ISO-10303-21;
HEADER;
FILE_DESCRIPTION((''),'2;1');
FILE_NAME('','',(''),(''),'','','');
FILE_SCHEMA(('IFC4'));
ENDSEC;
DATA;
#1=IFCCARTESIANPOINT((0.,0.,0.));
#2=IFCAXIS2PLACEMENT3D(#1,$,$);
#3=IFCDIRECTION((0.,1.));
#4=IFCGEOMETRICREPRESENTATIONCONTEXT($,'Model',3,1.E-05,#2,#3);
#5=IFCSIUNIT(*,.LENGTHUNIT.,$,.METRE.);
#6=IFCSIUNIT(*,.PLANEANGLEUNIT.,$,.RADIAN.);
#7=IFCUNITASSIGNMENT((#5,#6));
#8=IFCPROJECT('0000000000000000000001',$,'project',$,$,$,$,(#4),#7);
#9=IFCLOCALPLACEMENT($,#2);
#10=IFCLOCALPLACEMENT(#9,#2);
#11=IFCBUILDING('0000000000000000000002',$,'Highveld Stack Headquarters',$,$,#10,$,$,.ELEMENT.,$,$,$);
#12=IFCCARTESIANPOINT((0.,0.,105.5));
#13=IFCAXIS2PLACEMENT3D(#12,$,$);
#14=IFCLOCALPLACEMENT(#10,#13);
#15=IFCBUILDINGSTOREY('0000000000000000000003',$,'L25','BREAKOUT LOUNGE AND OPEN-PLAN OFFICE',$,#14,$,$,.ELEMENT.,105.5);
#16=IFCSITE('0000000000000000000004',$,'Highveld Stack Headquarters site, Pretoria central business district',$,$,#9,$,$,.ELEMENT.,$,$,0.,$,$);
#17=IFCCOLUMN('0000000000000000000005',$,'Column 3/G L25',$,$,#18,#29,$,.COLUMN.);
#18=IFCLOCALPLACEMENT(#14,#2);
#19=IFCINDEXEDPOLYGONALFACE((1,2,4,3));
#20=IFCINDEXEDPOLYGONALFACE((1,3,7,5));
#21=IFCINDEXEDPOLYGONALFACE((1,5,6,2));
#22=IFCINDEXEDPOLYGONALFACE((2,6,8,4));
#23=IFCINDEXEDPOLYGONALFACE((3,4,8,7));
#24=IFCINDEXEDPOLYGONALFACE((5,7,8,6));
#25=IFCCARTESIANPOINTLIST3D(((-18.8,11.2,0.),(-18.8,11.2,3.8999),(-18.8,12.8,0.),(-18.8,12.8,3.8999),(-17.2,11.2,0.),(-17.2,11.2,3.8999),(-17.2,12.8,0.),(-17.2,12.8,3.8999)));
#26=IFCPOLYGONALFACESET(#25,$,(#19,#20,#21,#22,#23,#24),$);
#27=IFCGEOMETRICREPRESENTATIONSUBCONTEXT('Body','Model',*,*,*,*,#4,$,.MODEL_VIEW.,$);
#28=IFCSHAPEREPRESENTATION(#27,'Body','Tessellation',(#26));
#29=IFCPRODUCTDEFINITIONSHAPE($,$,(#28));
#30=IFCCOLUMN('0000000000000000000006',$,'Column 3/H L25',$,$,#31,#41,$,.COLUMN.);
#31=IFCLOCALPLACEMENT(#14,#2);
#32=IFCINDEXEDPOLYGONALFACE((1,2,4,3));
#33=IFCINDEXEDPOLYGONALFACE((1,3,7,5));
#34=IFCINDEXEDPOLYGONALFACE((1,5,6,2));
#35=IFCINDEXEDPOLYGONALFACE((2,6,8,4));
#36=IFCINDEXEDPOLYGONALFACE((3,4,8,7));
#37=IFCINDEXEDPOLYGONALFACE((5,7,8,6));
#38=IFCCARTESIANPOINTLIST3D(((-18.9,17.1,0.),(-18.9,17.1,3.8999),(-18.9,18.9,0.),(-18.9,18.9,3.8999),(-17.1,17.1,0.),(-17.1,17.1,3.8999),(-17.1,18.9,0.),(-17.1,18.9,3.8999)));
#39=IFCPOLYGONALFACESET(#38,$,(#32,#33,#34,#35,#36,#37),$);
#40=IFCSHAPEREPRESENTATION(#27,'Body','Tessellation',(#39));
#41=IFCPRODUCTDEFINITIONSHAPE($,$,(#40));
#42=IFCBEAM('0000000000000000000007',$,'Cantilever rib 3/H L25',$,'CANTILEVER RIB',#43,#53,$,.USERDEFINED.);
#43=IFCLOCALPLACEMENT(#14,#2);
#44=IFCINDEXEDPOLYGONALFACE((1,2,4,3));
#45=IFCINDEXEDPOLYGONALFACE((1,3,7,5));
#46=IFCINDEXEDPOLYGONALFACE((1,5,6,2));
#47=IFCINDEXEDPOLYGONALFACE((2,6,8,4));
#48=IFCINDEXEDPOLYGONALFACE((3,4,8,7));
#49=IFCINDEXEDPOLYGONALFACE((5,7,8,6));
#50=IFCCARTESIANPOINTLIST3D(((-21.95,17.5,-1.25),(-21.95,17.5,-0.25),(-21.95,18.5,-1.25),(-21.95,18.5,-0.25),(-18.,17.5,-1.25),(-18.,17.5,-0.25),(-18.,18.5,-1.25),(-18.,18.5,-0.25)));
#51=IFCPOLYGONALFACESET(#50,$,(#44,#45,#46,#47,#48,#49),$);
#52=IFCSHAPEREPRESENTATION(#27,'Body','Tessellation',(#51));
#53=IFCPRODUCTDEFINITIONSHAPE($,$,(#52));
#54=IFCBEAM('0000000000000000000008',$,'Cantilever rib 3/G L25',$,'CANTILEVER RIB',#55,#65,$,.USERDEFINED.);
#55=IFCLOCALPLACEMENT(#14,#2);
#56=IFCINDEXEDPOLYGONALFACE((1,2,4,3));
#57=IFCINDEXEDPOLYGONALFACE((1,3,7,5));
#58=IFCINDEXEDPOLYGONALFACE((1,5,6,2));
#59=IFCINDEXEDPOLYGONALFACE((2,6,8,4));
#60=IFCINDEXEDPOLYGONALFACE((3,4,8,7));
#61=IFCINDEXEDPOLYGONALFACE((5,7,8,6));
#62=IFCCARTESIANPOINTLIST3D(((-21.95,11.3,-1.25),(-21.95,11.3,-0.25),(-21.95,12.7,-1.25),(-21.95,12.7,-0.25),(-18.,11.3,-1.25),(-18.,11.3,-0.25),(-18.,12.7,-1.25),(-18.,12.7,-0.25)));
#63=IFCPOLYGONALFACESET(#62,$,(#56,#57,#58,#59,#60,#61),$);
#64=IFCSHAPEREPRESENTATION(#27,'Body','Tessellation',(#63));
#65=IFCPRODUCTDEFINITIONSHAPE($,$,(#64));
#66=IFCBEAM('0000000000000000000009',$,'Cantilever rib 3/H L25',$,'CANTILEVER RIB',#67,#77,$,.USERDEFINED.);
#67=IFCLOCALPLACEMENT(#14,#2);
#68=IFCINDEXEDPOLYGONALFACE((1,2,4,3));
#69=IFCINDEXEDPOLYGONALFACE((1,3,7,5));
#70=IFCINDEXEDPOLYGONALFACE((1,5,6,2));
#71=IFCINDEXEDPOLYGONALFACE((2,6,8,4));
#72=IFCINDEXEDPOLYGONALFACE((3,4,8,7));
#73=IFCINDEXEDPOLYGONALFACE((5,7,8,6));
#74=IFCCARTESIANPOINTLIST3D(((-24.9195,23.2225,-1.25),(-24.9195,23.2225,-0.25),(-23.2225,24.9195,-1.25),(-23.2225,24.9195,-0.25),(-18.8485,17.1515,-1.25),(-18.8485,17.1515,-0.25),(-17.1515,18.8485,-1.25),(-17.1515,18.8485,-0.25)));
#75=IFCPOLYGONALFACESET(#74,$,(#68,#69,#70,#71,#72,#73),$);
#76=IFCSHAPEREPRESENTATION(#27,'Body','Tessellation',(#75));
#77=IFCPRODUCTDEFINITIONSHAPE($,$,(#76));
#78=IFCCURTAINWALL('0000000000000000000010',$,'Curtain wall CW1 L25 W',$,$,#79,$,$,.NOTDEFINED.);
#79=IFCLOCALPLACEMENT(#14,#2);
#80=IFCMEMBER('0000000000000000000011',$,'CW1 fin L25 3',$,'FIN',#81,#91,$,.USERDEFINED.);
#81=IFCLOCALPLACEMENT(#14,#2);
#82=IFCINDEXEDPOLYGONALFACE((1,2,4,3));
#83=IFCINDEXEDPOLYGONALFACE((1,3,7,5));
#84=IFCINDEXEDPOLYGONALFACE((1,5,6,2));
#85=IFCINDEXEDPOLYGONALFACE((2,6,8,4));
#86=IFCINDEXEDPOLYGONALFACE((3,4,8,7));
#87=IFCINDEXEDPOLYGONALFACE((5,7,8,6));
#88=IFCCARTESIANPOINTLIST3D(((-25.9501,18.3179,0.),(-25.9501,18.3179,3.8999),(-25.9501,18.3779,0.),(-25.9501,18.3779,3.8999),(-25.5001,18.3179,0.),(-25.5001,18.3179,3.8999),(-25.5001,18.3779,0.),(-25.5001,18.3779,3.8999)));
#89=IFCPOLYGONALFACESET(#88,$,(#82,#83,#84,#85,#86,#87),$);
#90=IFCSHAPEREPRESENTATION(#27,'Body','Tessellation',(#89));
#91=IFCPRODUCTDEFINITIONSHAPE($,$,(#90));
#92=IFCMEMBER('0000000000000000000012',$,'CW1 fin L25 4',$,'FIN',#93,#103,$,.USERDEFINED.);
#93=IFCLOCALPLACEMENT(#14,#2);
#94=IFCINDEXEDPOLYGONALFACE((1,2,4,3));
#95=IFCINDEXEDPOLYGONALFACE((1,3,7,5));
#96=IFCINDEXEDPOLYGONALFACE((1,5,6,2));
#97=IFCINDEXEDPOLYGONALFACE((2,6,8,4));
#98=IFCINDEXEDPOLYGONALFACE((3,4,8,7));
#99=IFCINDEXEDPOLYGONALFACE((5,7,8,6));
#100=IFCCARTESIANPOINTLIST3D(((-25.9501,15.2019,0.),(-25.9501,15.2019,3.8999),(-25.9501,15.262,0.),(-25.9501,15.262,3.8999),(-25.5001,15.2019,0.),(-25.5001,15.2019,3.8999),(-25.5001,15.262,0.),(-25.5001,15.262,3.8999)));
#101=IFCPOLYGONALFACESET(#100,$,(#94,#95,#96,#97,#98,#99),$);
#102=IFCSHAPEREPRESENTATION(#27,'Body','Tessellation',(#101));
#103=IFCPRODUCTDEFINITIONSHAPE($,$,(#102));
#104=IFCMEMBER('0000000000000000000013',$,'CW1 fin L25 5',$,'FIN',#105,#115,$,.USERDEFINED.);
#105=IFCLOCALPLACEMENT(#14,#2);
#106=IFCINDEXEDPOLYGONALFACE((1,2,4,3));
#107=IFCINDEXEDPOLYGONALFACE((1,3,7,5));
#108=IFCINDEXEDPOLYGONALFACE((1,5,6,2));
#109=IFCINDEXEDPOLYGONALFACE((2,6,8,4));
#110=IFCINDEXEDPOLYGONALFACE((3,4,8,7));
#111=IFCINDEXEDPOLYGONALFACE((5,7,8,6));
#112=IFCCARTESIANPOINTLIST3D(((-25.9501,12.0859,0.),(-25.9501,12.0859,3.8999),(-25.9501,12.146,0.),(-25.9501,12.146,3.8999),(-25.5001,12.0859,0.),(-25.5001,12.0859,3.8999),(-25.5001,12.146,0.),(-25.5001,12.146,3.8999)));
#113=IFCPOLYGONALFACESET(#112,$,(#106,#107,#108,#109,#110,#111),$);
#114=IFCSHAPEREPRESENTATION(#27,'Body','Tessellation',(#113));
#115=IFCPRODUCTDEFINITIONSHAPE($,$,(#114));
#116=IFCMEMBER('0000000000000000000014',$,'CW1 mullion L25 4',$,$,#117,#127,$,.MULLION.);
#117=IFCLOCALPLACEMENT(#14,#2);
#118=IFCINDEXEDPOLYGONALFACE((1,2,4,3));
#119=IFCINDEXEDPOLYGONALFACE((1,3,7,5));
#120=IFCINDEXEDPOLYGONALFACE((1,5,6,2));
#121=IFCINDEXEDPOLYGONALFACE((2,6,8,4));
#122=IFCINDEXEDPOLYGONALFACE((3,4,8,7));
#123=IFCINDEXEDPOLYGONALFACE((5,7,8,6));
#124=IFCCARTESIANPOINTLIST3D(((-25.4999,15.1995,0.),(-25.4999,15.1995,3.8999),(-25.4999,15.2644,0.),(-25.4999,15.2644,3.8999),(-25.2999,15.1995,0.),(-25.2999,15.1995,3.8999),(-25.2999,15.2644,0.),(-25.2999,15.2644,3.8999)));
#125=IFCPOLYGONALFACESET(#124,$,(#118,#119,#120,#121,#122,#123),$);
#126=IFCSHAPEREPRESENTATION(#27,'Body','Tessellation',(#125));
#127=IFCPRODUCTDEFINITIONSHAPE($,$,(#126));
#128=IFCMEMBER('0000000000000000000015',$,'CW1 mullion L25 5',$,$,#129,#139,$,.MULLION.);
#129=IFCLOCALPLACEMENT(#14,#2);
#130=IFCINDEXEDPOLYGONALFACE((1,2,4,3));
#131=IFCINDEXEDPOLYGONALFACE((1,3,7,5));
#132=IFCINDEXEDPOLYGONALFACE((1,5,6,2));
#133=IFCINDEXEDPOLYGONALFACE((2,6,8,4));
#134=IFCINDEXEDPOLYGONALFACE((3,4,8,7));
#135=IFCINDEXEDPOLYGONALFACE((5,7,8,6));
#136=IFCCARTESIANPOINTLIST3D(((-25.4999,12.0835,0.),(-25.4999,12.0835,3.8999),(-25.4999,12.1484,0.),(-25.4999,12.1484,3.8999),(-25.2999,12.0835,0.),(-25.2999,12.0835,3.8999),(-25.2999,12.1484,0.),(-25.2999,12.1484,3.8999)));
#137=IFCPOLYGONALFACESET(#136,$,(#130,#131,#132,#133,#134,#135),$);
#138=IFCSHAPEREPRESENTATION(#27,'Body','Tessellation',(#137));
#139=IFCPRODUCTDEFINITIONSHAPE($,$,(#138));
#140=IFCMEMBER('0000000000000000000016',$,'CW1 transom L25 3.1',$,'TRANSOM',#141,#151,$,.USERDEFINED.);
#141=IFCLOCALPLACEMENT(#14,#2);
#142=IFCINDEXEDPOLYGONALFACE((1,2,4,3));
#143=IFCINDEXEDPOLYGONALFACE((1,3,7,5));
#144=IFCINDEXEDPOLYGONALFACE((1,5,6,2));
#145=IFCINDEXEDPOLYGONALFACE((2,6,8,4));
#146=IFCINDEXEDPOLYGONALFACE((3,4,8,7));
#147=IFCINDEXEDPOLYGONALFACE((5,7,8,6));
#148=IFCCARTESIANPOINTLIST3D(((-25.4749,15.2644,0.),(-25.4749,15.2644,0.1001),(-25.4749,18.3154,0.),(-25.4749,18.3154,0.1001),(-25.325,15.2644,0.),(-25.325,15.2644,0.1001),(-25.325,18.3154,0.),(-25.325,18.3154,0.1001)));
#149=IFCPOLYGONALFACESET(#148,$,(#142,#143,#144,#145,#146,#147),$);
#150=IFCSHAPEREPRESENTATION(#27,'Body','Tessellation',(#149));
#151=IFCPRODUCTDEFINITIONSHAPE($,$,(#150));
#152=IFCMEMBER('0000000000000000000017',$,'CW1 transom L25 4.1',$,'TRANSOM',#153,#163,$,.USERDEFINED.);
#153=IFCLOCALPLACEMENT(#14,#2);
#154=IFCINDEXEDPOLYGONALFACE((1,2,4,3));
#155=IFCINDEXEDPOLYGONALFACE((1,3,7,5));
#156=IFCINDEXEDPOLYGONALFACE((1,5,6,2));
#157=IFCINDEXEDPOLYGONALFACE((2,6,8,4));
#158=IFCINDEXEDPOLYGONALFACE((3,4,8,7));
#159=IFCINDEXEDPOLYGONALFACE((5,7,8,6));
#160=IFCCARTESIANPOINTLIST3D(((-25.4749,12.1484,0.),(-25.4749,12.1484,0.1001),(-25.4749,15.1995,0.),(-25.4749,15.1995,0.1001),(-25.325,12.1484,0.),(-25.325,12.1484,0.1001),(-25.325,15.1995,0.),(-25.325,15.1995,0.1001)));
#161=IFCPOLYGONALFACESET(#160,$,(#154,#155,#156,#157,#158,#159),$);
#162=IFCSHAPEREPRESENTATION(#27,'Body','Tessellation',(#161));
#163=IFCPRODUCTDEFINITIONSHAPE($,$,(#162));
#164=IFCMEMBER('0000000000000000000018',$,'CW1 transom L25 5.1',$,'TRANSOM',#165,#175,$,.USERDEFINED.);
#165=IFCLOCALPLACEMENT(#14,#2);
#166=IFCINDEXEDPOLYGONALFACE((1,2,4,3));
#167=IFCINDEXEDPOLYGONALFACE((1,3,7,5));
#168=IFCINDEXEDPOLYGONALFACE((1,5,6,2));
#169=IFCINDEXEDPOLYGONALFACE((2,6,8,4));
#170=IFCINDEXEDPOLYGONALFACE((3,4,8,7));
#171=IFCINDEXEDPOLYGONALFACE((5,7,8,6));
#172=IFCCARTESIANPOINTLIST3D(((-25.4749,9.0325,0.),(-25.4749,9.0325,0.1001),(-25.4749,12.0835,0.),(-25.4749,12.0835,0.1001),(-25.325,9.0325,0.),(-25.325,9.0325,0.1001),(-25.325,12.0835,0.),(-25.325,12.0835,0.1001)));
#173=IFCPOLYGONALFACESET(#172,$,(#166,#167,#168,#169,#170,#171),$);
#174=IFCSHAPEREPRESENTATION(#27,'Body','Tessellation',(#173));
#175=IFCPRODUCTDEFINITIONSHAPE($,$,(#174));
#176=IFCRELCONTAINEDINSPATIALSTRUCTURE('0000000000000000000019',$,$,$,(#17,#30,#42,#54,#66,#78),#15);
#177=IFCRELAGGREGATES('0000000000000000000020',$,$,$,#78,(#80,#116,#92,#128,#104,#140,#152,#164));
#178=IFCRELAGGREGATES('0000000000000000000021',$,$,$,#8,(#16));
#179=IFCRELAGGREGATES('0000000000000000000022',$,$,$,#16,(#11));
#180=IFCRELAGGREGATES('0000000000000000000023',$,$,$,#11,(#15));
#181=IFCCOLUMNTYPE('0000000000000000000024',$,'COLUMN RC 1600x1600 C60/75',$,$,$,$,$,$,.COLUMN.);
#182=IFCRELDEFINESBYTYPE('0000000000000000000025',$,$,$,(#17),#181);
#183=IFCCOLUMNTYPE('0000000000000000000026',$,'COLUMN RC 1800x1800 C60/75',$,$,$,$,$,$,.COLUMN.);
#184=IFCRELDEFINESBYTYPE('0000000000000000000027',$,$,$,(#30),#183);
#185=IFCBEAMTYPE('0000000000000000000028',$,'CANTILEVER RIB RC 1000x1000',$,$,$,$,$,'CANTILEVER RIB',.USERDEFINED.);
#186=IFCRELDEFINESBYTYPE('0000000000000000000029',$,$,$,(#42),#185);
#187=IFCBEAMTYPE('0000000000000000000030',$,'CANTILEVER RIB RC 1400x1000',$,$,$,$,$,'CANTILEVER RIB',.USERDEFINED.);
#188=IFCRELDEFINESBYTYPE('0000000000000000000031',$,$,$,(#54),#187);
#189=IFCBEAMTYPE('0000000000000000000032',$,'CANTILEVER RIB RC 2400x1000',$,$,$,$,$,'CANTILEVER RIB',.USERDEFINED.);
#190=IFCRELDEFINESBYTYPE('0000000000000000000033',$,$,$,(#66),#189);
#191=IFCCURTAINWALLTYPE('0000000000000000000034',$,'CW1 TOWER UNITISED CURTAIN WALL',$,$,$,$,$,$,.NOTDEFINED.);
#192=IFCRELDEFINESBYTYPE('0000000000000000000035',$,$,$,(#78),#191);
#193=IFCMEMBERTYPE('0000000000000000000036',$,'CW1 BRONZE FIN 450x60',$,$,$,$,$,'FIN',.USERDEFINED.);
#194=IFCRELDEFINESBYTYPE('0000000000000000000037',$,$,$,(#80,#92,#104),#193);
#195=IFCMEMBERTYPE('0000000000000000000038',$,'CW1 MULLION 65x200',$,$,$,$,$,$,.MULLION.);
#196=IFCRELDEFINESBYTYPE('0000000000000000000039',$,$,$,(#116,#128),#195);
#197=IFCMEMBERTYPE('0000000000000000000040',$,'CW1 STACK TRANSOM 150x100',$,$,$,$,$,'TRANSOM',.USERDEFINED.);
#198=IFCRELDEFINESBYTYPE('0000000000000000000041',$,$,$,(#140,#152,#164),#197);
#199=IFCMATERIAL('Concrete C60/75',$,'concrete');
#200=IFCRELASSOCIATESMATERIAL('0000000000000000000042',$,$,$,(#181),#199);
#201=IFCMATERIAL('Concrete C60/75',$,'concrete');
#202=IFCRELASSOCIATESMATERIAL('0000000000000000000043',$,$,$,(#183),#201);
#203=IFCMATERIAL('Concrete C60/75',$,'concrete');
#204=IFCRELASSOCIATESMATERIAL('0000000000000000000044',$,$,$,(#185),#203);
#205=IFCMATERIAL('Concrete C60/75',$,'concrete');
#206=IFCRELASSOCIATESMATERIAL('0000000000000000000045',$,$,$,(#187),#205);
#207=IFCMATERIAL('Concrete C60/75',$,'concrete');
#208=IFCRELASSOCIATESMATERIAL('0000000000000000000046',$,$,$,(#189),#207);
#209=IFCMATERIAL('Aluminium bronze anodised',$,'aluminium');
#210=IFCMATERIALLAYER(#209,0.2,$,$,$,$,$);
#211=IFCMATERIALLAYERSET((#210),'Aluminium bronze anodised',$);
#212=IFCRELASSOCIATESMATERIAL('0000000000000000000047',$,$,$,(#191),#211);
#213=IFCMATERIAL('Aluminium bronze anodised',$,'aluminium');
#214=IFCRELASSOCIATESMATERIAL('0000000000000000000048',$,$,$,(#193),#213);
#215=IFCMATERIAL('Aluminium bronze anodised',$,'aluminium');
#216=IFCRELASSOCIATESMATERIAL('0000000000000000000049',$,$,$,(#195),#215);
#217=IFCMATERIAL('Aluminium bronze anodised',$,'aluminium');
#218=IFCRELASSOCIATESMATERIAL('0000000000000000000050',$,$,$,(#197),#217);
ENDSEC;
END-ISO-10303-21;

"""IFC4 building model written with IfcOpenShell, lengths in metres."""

from ifc_helpers import new_model, si_unit, direction, frame, origin, origin_2d, place, context, subcontext, project, spatial, rectangle, extrude, material, layer, layer_set, material_profile, profile_set, type_object, element, aggregate, save


model = new_model("IFC4")

# Units and contexts
model_context = context("Model", 3, precision=1e-05, world=origin(), true_north=direction((0.0, 1.0)))
body_context = subcontext(model_context, "Body", "Model", "MODEL_VIEW")
ifc_project = project(units=[si_unit("LENGTHUNIT", "METRE"), si_unit("PLANEANGLEUNIT", "RADIAN")], contexts=[model_context])

# Site, building, storey
site_placement = place(None, origin())
site = spatial("IfcSite", under=ifc_project, at=site_placement, Name="Highveld Stack Headquarters site, Pretoria central business district", CompositionType="ELEMENT", RefElevation=0.0)
building_placement = place(site_placement, origin())
building = spatial("IfcBuilding", under=site, at=building_placement, Name="Highveld Stack Headquarters", CompositionType="ELEMENT")
storey_placement = place(building_placement, frame((0.0, 0.0, 105.5)))
storey = spatial("IfcBuildingStorey", under=building, at=storey_placement, Name="L25", Description="BREAKOUT LOUNGE AND OPEN-PLAN OFFICE", CompositionType="ELEMENT", Elevation=105.5)

# Columns
ifc_material_1 = material(Name="Concrete C60/75", Category="concrete")
ifc_material_profile_1 = material_profile(ifc_material_1, rectangle(XDim=1.6001, YDim=1.6001, at=origin_2d()), Name="RC 1600x1600")
ifc_profile_set_1 = profile_set([ifc_material_profile_1], Name="Concrete C60/75")
column_type_1 = type_object("IfcColumnType", Name="COLUMN RC 1600x1600 C60/75", PredefinedType="COLUMN", material=ifc_profile_set_1)
column_1_placement = place(storey_placement, frame((-18.0, 12.0, 0.0), z_axis=(0.0, 0.0, 1.0), x_axis=(1.0, 0.0, 0.0)))
element("IfcColumn", 1, at=column_1_placement, inside=storey, type_object=column_type_1, Name="Column 3/G L25", PredefinedType="COLUMN", context=body_context, shape_type="SweptSolid", body=[
    extrude(rectangle(XDim=1.6001, YDim=1.6001, at=origin_2d()), origin(), (0.0, 0.0, 1.0), 3.8999),
])
ifc_material_2 = material(Name="Concrete C60/75", Category="concrete")
ifc_material_profile_2 = material_profile(ifc_material_2, rectangle(XDim=1.8, YDim=1.8, at=origin_2d()), Name="RC 1800x1800")
ifc_profile_set_2 = profile_set([ifc_material_profile_2], Name="Concrete C60/75")
column_type_2 = type_object("IfcColumnType", Name="COLUMN RC 1800x1800 C60/75", PredefinedType="COLUMN", material=ifc_profile_set_2)
column_2_placement = place(storey_placement, frame((-18.0, 18.0, 0.0), z_axis=(0.0, 0.0, 1.0), x_axis=(1.0, 0.0, 0.0)))
element("IfcColumn", 2, at=column_2_placement, inside=storey, type_object=column_type_2, Name="Column 3/H L25", PredefinedType="COLUMN", context=body_context, shape_type="SweptSolid", body=[
    extrude(rectangle(XDim=1.8, YDim=1.8, at=origin_2d()), origin(), (0.0, 0.0, 1.0), 3.8999),
])

# Beams
ifc_material_3 = material(Name="Concrete C60/75", Category="concrete")
ifc_material_profile_3 = material_profile(ifc_material_3, rectangle(XDim=1.0, YDim=1.0, at=origin_2d()), Name="RC 1000x1000")
ifc_profile_set_3 = profile_set([ifc_material_profile_3], Name="Concrete C60/75")
beam_type_1 = type_object("IfcBeamType", Name="CANTILEVER RIB RC 1000x1000", ElementType="CANTILEVER RIB", PredefinedType="USERDEFINED", material=ifc_profile_set_3)
beam_1_placement = place(storey_placement, frame((-18.0, 18.0, -0.75), z_axis=(-1.0, 0.0, 0.0), x_axis=(0.0, -1.0, 0.0)))
element("IfcBeam", 3, at=beam_1_placement, inside=storey, type_object=beam_type_1, Name="Cantilever rib 3/H L25", ObjectType="CANTILEVER RIB", PredefinedType="USERDEFINED", context=body_context, shape_type="SweptSolid", body=[
    extrude(rectangle(XDim=1.0, YDim=1.0, at=origin_2d()), origin(), (0.0, 0.0, 1.0), 3.95),
])
ifc_material_4 = material(Name="Concrete C60/75", Category="concrete")
ifc_material_profile_4 = material_profile(ifc_material_4, rectangle(XDim=1.3999, YDim=1.0, at=origin_2d()), Name="RC 1400x1000")
ifc_profile_set_4 = profile_set([ifc_material_profile_4], Name="Concrete C60/75")
beam_type_2 = type_object("IfcBeamType", Name="CANTILEVER RIB RC 1400x1000", ElementType="CANTILEVER RIB", PredefinedType="USERDEFINED", material=ifc_profile_set_4)
beam_2_placement = place(storey_placement, frame((-18.0, 12.0, -0.75), z_axis=(-1.0, 0.0, 0.0), x_axis=(0.0, -1.0, 0.0)))
element("IfcBeam", 4, at=beam_2_placement, inside=storey, type_object=beam_type_2, Name="Cantilever rib 3/G L25", ObjectType="CANTILEVER RIB", PredefinedType="USERDEFINED", context=body_context, shape_type="SweptSolid", body=[
    extrude(rectangle(XDim=1.3999, YDim=1.0, at=origin_2d()), origin(), (0.0, 0.0, 1.0), 3.95),
])
ifc_material_5 = material(Name="Concrete C60/75", Category="concrete")
ifc_material_profile_5 = material_profile(ifc_material_5, rectangle(XDim=2.3999, YDim=1.0, at=origin_2d()), Name="RC 2400x1000")
ifc_profile_set_5 = profile_set([ifc_material_profile_5], Name="Concrete C60/75")
beam_type_3 = type_object("IfcBeamType", Name="CANTILEVER RIB RC 2400x1000", ElementType="CANTILEVER RIB", PredefinedType="USERDEFINED", material=ifc_profile_set_5)
beam_3_placement = place(storey_placement, frame((-18.0, 18.0, -0.75), z_axis=(-0.707107, 0.707107, 0.0), x_axis=(-0.707107, -0.707107, 0.0)))
element("IfcBeam", 5, at=beam_3_placement, inside=storey, type_object=beam_type_3, Name="Cantilever rib 3/H L25", ObjectType="CANTILEVER RIB", PredefinedType="USERDEFINED", context=body_context, shape_type="SweptSolid", body=[
    extrude(rectangle(XDim=2.3999, YDim=1.0, at=origin_2d()), origin(), (0.0, 0.0, 1.0), 8.5857),
])

# Curtain wall, members
ifc_material_6 = material(Name="Aluminium bronze anodised", Category="aluminium")
ifc_layer_1 = layer(ifc_material_6, 0.2)
ifc_layer_set_1 = layer_set([ifc_layer_1], Name="Aluminium bronze anodised")
curtain_wall_type = type_object("IfcCurtainWallType", Name="CW1 TOWER UNITISED CURTAIN WALL", PredefinedType="NOTDEFINED", material=ifc_layer_set_1)
curtain_wall_placement = place(storey_placement, origin())
curtain_wall = element("IfcCurtainWall", 6, at=curtain_wall_placement, inside=storey, type_object=curtain_wall_type, Name="Curtain wall CW1 L25 W", PredefinedType="NOTDEFINED")
ifc_material_7 = material(Name="Aluminium bronze anodised", Category="aluminium")
ifc_material_profile_6 = material_profile(ifc_material_7, rectangle(XDim=0.45, YDim=0.0601, at=origin_2d()), Name="FIN 450x60")
ifc_profile_set_6 = profile_set([ifc_material_profile_6], Name="Aluminium bronze anodised")
member_type_1 = type_object("IfcMemberType", Name="CW1 BRONZE FIN 450x60", ElementType="FIN", PredefinedType="USERDEFINED", material=ifc_profile_set_6)
member_1_placement = place(storey_placement, frame((-25.7251, 18.3479, 0.0), z_axis=(0.0, 0.0, 1.0), x_axis=(1.0, 0.0, 0.0)))
member_1 = element("IfcMember", 7, at=member_1_placement, type_object=member_type_1, Name="CW1 fin L25 3", ObjectType="FIN", PredefinedType="USERDEFINED", context=body_context, shape_type="SweptSolid", body=[
    extrude(rectangle(XDim=0.45, YDim=0.0601, at=origin_2d()), origin(), (0.0, 0.0, 1.0), 3.8999),
])
member_2_placement = place(storey_placement, frame((-25.7251, 15.2319, 0.0), z_axis=(0.0, 0.0, 1.0), x_axis=(1.0, 0.0, 0.0)))
member_2 = element("IfcMember", 8, at=member_2_placement, type_object=member_type_1, Name="CW1 fin L25 4", ObjectType="FIN", PredefinedType="USERDEFINED", context=body_context, shape_type="SweptSolid", body=[
    extrude(rectangle(XDim=0.45, YDim=0.0601, at=origin_2d()), origin(), (0.0, 0.0, 1.0), 3.8999),
])
member_3_placement = place(storey_placement, frame((-25.7251, 12.116, 0.0), z_axis=(0.0, 0.0, 1.0), x_axis=(1.0, 0.0, 0.0)))
member_3 = element("IfcMember", 9, at=member_3_placement, type_object=member_type_1, Name="CW1 fin L25 5", ObjectType="FIN", PredefinedType="USERDEFINED", context=body_context, shape_type="SweptSolid", body=[
    extrude(rectangle(XDim=0.45, YDim=0.0601, at=origin_2d()), origin(), (0.0, 0.0, 1.0), 3.8999),
])
ifc_material_8 = material(Name="Aluminium bronze anodised", Category="aluminium")
ifc_material_profile_7 = material_profile(ifc_material_8, rectangle(XDim=0.2, YDim=0.0649, at=origin_2d()), Name="CW1 MULLION 65x200")
ifc_profile_set_7 = profile_set([ifc_material_profile_7], Name="Aluminium bronze anodised")
member_type_2 = type_object("IfcMemberType", Name="CW1 MULLION 65x200", PredefinedType="MULLION", material=ifc_profile_set_7)
member_4_placement = place(storey_placement, frame((-25.3999, 15.2319, 0.0), z_axis=(0.0, 0.0, 1.0), x_axis=(1.0, 0.0, 0.0)))
member_4 = element("IfcMember", 10, at=member_4_placement, type_object=member_type_2, Name="CW1 mullion L25 4", PredefinedType="MULLION", context=body_context, shape_type="SweptSolid", body=[
    extrude(rectangle(XDim=0.2, YDim=0.0649, at=origin_2d()), origin(), (0.0, 0.0, 1.0), 3.8999),
])
member_5_placement = place(storey_placement, frame((-25.3999, 12.116, 0.0), z_axis=(0.0, 0.0, 1.0), x_axis=(1.0, 0.0, 0.0)))
member_5 = element("IfcMember", 11, at=member_5_placement, type_object=member_type_2, Name="CW1 mullion L25 5", PredefinedType="MULLION", context=body_context, shape_type="SweptSolid", body=[
    extrude(rectangle(XDim=0.2, YDim=0.0649, at=origin_2d()), origin(), (0.0, 0.0, 1.0), 3.8999),
])
ifc_material_9 = material(Name="Aluminium bronze anodised", Category="aluminium")
ifc_material_profile_8 = material_profile(ifc_material_9, rectangle(XDim=0.1499, YDim=0.1001, at=origin_2d()), Name="CW1 TRANSOM 150x100")
ifc_profile_set_8 = profile_set([ifc_material_profile_8], Name="Aluminium bronze anodised")
member_type_3 = type_object("IfcMemberType", Name="CW1 STACK TRANSOM 150x100", ElementType="TRANSOM", PredefinedType="USERDEFINED", material=ifc_profile_set_8)
member_6_placement = place(storey_placement, frame((-25.3999, 18.3154, 0.05), z_axis=(0.0, -1.0, 0.0), x_axis=(1.0, 0.0, 0.0)))
member_6 = element("IfcMember", 12, at=member_6_placement, type_object=member_type_3, Name="CW1 transom L25 3.1", ObjectType="TRANSOM", PredefinedType="USERDEFINED", context=body_context, shape_type="SweptSolid", body=[
    extrude(rectangle(XDim=0.1499, YDim=0.1001, at=origin_2d()), origin(), (0.0, 0.0, 1.0), 3.051),
])
member_7_placement = place(storey_placement, frame((-25.3999, 15.1995, 0.05), z_axis=(0.0, -1.0, 0.0), x_axis=(1.0, 0.0, 0.0)))
member_7 = element("IfcMember", 13, at=member_7_placement, type_object=member_type_3, Name="CW1 transom L25 4.1", ObjectType="TRANSOM", PredefinedType="USERDEFINED", context=body_context, shape_type="SweptSolid", body=[
    extrude(rectangle(XDim=0.1499, YDim=0.1001, at=origin_2d()), origin(), (0.0, 0.0, 1.0), 3.051),
])
member_8_placement = place(storey_placement, frame((-25.3999, 12.0835, 0.05), z_axis=(0.0, -1.0, 0.0), x_axis=(1.0, 0.0, 0.0)))
member_8 = element("IfcMember", 14, at=member_8_placement, type_object=member_type_3, Name="CW1 transom L25 5.1", ObjectType="TRANSOM", PredefinedType="USERDEFINED", context=body_context, shape_type="SweptSolid", body=[
    extrude(rectangle(XDim=0.1499, YDim=0.1001, at=origin_2d()), origin(), (0.0, 0.0, 1.0), 3.051),
])

aggregate(curtain_wall, [member_1, member_4, member_2, member_5, member_3, member_6, member_7, member_8])

save(model, "model.ifc")
